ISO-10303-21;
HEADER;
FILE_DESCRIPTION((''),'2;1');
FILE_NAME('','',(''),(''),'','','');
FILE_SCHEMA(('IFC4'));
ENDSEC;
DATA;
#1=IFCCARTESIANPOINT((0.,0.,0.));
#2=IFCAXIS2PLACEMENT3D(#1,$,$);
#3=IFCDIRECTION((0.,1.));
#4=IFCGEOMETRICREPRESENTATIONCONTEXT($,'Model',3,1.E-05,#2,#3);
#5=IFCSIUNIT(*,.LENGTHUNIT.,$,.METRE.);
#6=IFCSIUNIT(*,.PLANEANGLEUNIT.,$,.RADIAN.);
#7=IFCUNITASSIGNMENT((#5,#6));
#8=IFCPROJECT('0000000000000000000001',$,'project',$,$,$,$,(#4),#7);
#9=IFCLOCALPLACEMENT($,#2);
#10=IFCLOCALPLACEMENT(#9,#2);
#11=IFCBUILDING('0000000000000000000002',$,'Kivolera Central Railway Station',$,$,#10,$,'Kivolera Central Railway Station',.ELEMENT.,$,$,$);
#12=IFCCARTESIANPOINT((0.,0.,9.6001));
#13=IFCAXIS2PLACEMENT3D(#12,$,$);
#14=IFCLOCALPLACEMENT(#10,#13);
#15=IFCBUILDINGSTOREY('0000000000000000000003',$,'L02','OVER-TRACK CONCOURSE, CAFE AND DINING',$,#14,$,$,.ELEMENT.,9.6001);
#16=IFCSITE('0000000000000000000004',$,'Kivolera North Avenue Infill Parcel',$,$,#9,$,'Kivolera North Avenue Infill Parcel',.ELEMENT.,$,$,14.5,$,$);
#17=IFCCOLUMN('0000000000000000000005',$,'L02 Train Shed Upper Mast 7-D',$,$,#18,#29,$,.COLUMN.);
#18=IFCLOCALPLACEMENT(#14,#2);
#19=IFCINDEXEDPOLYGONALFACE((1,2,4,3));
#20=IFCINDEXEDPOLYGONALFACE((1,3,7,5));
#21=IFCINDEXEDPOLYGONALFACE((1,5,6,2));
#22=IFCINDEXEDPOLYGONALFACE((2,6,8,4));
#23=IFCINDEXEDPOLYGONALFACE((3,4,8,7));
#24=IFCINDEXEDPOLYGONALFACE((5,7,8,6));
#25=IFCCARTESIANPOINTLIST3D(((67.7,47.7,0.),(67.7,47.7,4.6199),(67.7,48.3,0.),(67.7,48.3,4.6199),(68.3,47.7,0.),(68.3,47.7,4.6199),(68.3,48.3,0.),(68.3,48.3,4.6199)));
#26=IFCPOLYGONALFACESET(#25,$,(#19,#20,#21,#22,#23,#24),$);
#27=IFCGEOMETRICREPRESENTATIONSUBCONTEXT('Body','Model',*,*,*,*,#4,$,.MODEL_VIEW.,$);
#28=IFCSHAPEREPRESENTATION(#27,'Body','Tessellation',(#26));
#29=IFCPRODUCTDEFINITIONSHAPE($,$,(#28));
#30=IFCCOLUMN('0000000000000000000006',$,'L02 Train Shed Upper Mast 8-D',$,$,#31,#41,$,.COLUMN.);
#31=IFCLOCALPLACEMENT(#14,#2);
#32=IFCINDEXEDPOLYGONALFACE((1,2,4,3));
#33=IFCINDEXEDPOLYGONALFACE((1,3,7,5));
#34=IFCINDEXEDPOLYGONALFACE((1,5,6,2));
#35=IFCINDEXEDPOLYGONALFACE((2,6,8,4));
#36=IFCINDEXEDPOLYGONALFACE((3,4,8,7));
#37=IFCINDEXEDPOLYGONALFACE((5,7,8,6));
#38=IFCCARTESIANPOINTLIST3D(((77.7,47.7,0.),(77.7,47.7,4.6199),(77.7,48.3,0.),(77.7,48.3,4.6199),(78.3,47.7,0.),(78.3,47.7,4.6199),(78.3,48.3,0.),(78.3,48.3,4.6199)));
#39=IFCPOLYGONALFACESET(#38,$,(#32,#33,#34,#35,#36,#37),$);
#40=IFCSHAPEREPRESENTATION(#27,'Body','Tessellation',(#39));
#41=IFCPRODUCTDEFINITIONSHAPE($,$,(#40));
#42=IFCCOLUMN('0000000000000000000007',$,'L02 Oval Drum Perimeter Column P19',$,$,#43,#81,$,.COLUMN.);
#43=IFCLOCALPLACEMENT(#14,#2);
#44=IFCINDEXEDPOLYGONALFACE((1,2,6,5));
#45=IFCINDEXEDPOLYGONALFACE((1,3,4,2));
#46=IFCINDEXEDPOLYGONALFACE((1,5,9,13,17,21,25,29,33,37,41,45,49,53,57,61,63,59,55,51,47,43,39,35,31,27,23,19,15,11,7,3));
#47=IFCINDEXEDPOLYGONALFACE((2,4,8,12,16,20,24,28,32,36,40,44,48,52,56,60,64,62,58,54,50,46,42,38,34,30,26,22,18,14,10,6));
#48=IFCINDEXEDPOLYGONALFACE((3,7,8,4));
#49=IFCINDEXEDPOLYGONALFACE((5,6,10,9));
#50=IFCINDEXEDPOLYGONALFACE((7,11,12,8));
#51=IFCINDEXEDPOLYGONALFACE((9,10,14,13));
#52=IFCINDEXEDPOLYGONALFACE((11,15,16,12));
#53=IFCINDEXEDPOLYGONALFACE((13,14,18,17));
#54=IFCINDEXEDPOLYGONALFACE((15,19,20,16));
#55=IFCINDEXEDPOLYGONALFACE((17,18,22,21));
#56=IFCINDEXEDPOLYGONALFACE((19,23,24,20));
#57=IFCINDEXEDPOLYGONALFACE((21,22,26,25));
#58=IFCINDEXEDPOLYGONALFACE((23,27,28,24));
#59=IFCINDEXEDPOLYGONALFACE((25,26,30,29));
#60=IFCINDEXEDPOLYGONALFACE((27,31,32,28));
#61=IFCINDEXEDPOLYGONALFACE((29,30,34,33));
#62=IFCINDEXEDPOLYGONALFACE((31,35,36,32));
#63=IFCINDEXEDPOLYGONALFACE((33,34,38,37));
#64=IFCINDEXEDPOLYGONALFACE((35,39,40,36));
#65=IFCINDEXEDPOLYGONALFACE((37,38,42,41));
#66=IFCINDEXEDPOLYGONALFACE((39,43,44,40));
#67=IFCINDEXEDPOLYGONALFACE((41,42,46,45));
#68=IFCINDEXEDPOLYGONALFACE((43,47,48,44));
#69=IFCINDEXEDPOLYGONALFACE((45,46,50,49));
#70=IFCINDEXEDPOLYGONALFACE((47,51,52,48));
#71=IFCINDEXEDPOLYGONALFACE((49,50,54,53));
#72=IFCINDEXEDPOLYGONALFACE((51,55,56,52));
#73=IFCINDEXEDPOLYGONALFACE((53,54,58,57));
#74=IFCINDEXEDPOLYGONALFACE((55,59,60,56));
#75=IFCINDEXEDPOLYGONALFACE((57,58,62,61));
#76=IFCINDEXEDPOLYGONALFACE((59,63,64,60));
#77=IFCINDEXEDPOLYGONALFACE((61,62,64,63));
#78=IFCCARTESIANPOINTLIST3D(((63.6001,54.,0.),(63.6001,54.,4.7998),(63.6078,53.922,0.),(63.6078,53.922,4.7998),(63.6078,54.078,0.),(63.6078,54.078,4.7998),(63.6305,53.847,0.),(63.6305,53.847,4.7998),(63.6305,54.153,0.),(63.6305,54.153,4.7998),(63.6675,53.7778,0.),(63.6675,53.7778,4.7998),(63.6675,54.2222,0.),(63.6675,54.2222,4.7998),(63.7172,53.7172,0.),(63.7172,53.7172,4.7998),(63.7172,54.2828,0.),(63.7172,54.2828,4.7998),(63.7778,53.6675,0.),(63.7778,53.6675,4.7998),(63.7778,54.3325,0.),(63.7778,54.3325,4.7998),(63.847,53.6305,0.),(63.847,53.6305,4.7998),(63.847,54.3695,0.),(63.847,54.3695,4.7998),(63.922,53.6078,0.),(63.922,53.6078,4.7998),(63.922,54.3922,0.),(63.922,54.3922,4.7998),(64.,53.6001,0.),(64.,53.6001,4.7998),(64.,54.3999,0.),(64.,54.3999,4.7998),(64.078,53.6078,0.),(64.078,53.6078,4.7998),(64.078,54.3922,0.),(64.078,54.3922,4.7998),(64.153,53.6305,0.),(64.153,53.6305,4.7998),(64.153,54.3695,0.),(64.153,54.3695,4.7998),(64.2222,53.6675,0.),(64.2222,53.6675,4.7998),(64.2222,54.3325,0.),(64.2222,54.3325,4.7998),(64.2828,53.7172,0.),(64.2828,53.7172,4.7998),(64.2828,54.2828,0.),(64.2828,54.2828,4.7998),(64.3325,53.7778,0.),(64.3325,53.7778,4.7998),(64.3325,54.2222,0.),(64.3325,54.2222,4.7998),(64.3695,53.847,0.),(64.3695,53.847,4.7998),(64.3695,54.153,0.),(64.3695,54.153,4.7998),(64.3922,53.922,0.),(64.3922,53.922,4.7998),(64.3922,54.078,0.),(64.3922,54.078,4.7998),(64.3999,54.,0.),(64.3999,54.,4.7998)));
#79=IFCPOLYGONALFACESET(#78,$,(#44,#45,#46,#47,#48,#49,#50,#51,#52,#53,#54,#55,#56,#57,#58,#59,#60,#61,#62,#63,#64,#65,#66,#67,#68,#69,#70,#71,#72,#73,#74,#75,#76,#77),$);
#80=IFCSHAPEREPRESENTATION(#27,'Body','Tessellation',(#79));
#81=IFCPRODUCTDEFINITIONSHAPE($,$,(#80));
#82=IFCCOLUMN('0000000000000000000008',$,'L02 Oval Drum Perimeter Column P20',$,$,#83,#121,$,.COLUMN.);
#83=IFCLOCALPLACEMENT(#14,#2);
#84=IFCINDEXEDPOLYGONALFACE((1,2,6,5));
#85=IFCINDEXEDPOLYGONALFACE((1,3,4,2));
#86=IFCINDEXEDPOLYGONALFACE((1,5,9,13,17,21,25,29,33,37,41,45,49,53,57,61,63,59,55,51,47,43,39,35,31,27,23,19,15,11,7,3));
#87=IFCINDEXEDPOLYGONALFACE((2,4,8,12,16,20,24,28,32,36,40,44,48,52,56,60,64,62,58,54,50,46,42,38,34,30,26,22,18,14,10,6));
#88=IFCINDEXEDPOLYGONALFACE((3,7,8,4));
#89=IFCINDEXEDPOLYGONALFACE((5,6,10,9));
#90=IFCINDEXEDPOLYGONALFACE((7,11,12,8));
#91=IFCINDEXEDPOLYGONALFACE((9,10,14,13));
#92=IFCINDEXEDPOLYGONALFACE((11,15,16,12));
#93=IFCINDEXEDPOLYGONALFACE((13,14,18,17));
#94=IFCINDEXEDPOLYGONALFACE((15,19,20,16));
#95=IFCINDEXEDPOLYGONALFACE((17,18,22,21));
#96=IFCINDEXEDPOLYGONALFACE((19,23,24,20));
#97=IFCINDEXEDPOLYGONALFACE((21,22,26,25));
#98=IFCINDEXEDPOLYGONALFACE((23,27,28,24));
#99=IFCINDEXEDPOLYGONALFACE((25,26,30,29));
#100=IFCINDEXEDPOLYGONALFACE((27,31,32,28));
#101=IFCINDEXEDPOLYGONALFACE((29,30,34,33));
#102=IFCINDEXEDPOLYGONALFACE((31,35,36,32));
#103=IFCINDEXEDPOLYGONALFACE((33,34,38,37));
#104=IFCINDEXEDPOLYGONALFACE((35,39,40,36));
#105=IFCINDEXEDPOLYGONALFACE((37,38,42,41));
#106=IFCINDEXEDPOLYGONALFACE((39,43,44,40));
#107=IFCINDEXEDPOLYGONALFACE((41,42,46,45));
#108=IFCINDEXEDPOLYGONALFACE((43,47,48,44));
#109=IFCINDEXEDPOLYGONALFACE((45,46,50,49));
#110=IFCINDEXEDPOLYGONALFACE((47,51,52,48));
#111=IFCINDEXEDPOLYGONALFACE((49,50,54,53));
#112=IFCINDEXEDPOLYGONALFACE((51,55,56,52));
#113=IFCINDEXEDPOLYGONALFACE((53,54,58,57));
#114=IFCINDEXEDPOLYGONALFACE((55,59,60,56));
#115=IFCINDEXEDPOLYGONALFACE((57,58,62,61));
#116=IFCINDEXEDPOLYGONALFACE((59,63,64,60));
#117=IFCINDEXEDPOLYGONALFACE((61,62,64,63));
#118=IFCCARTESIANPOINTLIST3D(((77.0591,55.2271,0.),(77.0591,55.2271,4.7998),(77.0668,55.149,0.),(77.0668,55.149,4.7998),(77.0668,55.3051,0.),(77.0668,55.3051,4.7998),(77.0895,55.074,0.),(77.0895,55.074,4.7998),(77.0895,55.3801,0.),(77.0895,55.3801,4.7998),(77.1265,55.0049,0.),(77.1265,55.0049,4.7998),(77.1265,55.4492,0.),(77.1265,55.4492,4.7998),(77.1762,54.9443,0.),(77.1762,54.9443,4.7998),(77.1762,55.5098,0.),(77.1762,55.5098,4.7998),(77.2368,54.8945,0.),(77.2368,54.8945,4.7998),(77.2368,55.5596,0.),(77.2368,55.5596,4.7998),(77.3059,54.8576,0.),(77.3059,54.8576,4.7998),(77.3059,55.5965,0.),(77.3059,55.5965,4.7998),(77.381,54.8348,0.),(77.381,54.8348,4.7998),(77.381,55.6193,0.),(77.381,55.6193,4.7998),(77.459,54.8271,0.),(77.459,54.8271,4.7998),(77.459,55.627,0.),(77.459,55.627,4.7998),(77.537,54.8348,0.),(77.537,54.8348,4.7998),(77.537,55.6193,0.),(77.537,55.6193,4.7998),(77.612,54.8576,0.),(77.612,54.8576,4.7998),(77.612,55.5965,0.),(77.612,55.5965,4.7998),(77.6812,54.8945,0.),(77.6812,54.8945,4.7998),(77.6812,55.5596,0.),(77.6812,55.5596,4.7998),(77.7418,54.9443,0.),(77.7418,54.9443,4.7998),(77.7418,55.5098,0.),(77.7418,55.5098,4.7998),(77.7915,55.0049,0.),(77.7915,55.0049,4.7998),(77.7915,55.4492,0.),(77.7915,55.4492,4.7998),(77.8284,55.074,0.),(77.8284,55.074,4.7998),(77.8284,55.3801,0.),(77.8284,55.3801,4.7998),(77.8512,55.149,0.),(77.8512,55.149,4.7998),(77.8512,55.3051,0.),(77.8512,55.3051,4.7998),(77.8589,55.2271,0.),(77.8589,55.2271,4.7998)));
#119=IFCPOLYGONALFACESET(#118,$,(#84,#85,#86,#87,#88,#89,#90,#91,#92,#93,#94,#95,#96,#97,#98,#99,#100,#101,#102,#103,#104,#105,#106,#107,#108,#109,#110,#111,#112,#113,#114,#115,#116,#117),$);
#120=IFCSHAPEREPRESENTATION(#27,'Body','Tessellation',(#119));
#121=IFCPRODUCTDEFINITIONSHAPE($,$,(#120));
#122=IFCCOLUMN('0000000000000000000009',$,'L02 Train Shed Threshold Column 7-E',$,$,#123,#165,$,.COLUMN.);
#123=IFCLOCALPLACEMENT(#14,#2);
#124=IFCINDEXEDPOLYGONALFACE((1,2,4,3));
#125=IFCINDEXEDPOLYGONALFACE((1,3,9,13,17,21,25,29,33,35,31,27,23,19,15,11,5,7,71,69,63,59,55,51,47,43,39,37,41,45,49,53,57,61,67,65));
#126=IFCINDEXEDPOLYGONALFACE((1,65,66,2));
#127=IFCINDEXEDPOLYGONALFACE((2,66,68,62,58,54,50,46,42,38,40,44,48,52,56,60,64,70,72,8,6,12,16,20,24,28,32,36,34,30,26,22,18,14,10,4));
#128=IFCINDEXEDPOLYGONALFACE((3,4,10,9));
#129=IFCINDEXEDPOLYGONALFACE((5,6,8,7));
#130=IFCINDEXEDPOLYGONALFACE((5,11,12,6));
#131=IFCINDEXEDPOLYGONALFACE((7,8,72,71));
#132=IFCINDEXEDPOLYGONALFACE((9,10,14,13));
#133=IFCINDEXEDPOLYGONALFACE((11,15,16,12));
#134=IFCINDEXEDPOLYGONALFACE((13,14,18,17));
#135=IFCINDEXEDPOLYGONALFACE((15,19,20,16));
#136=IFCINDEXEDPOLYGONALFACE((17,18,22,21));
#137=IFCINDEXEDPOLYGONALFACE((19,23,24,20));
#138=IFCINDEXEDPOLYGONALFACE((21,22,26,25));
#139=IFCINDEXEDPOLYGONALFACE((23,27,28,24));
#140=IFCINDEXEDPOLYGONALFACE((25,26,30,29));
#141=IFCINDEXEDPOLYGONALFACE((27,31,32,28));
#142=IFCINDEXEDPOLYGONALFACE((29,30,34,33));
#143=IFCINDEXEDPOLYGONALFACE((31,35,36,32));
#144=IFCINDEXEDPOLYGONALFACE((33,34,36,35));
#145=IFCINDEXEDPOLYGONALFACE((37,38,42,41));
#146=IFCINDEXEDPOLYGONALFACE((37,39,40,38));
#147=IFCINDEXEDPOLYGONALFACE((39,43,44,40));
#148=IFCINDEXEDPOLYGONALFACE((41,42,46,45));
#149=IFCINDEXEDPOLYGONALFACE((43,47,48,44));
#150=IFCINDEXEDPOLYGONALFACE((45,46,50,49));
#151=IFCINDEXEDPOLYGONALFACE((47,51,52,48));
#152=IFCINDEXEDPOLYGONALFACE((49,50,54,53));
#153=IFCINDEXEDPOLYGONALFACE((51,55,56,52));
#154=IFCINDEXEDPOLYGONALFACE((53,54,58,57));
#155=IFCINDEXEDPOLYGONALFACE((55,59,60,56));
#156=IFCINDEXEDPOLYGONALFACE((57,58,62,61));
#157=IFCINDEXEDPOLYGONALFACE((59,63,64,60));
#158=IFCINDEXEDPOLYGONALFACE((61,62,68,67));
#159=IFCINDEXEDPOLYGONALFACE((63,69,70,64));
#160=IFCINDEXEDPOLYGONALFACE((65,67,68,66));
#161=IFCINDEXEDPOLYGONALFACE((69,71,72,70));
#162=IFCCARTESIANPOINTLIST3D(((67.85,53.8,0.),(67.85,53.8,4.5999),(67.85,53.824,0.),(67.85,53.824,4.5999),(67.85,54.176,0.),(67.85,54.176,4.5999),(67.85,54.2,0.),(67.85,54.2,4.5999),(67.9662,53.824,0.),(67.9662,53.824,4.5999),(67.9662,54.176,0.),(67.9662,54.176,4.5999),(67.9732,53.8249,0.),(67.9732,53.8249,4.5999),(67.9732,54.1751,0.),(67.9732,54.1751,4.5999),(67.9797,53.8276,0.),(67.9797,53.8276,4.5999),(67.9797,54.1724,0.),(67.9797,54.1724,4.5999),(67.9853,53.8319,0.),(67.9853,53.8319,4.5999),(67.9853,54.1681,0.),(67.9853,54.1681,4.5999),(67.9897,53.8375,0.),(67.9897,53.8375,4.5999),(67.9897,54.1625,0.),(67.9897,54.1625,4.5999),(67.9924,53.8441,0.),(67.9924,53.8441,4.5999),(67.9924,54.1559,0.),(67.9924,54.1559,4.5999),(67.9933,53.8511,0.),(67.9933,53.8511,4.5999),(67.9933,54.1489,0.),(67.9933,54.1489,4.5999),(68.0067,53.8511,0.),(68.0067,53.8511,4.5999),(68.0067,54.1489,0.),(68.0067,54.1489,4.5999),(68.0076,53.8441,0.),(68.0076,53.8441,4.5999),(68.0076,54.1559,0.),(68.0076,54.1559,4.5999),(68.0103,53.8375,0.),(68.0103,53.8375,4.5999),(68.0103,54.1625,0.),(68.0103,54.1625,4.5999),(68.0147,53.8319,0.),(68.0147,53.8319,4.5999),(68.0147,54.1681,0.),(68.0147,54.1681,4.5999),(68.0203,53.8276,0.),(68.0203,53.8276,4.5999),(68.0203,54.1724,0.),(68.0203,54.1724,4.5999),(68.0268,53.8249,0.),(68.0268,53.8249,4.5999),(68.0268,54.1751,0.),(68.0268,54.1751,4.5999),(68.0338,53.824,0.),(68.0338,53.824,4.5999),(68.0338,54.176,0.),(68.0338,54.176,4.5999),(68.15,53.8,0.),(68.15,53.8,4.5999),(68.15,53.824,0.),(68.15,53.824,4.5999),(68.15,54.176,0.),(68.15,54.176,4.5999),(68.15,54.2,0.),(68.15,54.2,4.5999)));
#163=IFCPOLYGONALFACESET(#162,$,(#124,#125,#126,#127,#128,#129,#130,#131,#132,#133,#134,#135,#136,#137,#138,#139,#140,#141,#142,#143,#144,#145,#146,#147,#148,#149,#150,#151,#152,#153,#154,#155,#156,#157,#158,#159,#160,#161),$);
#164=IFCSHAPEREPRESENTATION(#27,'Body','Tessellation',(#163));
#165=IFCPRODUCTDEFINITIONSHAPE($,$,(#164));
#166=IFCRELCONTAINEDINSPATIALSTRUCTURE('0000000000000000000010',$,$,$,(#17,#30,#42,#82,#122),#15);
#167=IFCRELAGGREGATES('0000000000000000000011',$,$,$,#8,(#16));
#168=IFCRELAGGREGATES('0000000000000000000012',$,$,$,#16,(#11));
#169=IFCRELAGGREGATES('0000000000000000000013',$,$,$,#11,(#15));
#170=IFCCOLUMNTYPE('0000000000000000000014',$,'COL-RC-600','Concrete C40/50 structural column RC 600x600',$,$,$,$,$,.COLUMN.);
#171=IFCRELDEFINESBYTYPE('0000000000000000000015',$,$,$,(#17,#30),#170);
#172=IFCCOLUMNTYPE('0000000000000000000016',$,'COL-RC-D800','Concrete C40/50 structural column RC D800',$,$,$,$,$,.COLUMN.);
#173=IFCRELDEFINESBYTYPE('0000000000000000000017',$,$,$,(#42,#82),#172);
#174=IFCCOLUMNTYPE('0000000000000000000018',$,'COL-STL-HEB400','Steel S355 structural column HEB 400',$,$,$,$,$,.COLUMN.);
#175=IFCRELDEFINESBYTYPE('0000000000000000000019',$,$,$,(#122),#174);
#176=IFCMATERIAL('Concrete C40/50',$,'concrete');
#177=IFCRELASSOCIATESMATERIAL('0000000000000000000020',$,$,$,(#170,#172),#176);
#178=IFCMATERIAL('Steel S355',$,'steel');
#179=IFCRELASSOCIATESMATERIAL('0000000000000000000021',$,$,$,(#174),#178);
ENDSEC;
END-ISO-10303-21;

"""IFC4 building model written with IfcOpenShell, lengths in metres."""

from ifc_helpers import new_model, si_unit, direction, frame, origin, origin_2d, place, context, subcontext, project, spatial, rectangle, circle, i_section, extrude, material, material_profile, profile_set, type_object, element, save


model = new_model("IFC4")

# Units and contexts
model_context = context("Model", 3, precision=1e-05, world=origin(), true_north=direction((0.0, 1.0)))
body_context = subcontext(model_context, "Body", "Model", "MODEL_VIEW")
ifc_project = project(units=[si_unit("LENGTHUNIT", "METRE"), si_unit("PLANEANGLEUNIT", "RADIAN")], contexts=[model_context])

# Site, building, storey
site_placement = place(None, origin())
site = spatial("IfcSite", under=ifc_project, at=site_placement, Name="Kivolera North Avenue Infill Parcel", LongName="Kivolera North Avenue Infill Parcel", CompositionType="ELEMENT", RefElevation=14.5)
building_placement = place(site_placement, origin())
building = spatial("IfcBuilding", under=site, at=building_placement, Name="Kivolera Central Railway Station", LongName="Kivolera Central Railway Station", CompositionType="ELEMENT")
storey_placement = place(building_placement, frame((0.0, 0.0, 9.6001)))
storey = spatial("IfcBuildingStorey", under=building, at=storey_placement, Name="L02", Description="OVER-TRACK CONCOURSE, CAFE AND DINING", CompositionType="ELEMENT", Elevation=9.6001)

# Columns
ifc_material_1 = material(Name="Concrete C40/50", Category="concrete")
ifc_material_profile_1 = material_profile(ifc_material_1, rectangle(XDim=0.6001, YDim=0.6001, at=origin_2d()), Name="RC 600x600")
ifc_profile_set_1 = profile_set([ifc_material_profile_1], Name="Concrete C40/50")
column_type_1 = type_object("IfcColumnType", Name="COL-RC-600", Description="Concrete C40/50 structural column RC 600x600", PredefinedType="COLUMN", material=ifc_profile_set_1)
for number, where, z_axis, x_axis, name in (
    (1, (68.0, 48.0, 0.0), (0.0, 0.0, 1.0), (1.0, 0.0, 0.0), "L02 Train Shed Upper Mast 7-D"),
    (2, (78.0, 48.0, 0.0), (0.0, 0.0, 1.0), (1.0, 0.0, 0.0), "L02 Train Shed Upper Mast 8-D"),
):
    element("IfcColumn", number, at=place(storey_placement, frame(where, z_axis=z_axis, x_axis=x_axis)), inside=storey, type_object=column_type_1, Name=name, PredefinedType="COLUMN", context=body_context, shape_type="SweptSolid", body=[
        extrude(rectangle(XDim=0.6001, YDim=0.6001, at=origin_2d()), origin(), (0.0, 0.0, 1.0), 4.6199),
    ])
ifc_material_profile_2 = material_profile(ifc_material_1, circle(Radius=0.3999, at=origin_2d()), Name="RC D800")
ifc_profile_set_2 = profile_set([ifc_material_profile_2], Name="Concrete C40/50")
column_type_2 = type_object("IfcColumnType", Name="COL-RC-D800", Description="Concrete C40/50 structural column RC D800", PredefinedType="COLUMN", material=ifc_profile_set_2)
for number, where, z_axis, x_axis, name in (
    (3, (64.0, 54.0, 0.0), (0.0, 0.0, 1.0), (1.0, 0.0, 0.0), "L02 Oval Drum Perimeter Column P19"),
    (4, (77.459, 55.2271, 0.0), (0.0, 0.0, 1.0), (1.0, 0.0, 0.0), "L02 Oval Drum Perimeter Column P20"),
):
    element("IfcColumn", number, at=place(storey_placement, frame(where, z_axis=z_axis, x_axis=x_axis)), inside=storey, type_object=column_type_2, Name=name, PredefinedType="COLUMN", context=body_context, shape_type="SweptSolid", body=[
        extrude(circle(Radius=0.3999, at=origin_2d()), origin(), (0.0, 0.0, 1.0), 4.7998),
    ])
ifc_material_2 = material(Name="Steel S355", Category="steel")
ifc_material_profile_3 = material_profile(ifc_material_2, i_section(OverallWidth=0.3, OverallDepth=0.3999, WebThickness=0.0134, FlangeThickness=0.0239, FilletRadius=0.0271, at=origin_2d()), Name="HEB 400")
ifc_profile_set_3 = profile_set([ifc_material_profile_3], Name="Steel S355")
column_type_3 = type_object("IfcColumnType", Name="COL-STL-HEB400", Description="Steel S355 structural column HEB 400", PredefinedType="COLUMN", material=ifc_profile_set_3)
for number, where, z_axis, x_axis, name in (
    (5, (68.0, 54.0, 0.0), (0.0, 0.0, 1.0), (1.0, 0.0, 0.0), "L02 Train Shed Threshold Column 7-E"),
):
    element("IfcColumn", number, at=place(storey_placement, frame(where, z_axis=z_axis, x_axis=x_axis)), inside=storey, type_object=column_type_3, Name=name, PredefinedType="COLUMN", context=body_context, shape_type="SweptSolid", body=[
        extrude(i_section(OverallWidth=0.3, OverallDepth=0.3999, WebThickness=0.0134, FlangeThickness=0.0239, FilletRadius=0.0271, at=origin_2d()), origin(), (0.0, 0.0, 1.0), 4.5999),
    ])

save(model, "model.ifc")
